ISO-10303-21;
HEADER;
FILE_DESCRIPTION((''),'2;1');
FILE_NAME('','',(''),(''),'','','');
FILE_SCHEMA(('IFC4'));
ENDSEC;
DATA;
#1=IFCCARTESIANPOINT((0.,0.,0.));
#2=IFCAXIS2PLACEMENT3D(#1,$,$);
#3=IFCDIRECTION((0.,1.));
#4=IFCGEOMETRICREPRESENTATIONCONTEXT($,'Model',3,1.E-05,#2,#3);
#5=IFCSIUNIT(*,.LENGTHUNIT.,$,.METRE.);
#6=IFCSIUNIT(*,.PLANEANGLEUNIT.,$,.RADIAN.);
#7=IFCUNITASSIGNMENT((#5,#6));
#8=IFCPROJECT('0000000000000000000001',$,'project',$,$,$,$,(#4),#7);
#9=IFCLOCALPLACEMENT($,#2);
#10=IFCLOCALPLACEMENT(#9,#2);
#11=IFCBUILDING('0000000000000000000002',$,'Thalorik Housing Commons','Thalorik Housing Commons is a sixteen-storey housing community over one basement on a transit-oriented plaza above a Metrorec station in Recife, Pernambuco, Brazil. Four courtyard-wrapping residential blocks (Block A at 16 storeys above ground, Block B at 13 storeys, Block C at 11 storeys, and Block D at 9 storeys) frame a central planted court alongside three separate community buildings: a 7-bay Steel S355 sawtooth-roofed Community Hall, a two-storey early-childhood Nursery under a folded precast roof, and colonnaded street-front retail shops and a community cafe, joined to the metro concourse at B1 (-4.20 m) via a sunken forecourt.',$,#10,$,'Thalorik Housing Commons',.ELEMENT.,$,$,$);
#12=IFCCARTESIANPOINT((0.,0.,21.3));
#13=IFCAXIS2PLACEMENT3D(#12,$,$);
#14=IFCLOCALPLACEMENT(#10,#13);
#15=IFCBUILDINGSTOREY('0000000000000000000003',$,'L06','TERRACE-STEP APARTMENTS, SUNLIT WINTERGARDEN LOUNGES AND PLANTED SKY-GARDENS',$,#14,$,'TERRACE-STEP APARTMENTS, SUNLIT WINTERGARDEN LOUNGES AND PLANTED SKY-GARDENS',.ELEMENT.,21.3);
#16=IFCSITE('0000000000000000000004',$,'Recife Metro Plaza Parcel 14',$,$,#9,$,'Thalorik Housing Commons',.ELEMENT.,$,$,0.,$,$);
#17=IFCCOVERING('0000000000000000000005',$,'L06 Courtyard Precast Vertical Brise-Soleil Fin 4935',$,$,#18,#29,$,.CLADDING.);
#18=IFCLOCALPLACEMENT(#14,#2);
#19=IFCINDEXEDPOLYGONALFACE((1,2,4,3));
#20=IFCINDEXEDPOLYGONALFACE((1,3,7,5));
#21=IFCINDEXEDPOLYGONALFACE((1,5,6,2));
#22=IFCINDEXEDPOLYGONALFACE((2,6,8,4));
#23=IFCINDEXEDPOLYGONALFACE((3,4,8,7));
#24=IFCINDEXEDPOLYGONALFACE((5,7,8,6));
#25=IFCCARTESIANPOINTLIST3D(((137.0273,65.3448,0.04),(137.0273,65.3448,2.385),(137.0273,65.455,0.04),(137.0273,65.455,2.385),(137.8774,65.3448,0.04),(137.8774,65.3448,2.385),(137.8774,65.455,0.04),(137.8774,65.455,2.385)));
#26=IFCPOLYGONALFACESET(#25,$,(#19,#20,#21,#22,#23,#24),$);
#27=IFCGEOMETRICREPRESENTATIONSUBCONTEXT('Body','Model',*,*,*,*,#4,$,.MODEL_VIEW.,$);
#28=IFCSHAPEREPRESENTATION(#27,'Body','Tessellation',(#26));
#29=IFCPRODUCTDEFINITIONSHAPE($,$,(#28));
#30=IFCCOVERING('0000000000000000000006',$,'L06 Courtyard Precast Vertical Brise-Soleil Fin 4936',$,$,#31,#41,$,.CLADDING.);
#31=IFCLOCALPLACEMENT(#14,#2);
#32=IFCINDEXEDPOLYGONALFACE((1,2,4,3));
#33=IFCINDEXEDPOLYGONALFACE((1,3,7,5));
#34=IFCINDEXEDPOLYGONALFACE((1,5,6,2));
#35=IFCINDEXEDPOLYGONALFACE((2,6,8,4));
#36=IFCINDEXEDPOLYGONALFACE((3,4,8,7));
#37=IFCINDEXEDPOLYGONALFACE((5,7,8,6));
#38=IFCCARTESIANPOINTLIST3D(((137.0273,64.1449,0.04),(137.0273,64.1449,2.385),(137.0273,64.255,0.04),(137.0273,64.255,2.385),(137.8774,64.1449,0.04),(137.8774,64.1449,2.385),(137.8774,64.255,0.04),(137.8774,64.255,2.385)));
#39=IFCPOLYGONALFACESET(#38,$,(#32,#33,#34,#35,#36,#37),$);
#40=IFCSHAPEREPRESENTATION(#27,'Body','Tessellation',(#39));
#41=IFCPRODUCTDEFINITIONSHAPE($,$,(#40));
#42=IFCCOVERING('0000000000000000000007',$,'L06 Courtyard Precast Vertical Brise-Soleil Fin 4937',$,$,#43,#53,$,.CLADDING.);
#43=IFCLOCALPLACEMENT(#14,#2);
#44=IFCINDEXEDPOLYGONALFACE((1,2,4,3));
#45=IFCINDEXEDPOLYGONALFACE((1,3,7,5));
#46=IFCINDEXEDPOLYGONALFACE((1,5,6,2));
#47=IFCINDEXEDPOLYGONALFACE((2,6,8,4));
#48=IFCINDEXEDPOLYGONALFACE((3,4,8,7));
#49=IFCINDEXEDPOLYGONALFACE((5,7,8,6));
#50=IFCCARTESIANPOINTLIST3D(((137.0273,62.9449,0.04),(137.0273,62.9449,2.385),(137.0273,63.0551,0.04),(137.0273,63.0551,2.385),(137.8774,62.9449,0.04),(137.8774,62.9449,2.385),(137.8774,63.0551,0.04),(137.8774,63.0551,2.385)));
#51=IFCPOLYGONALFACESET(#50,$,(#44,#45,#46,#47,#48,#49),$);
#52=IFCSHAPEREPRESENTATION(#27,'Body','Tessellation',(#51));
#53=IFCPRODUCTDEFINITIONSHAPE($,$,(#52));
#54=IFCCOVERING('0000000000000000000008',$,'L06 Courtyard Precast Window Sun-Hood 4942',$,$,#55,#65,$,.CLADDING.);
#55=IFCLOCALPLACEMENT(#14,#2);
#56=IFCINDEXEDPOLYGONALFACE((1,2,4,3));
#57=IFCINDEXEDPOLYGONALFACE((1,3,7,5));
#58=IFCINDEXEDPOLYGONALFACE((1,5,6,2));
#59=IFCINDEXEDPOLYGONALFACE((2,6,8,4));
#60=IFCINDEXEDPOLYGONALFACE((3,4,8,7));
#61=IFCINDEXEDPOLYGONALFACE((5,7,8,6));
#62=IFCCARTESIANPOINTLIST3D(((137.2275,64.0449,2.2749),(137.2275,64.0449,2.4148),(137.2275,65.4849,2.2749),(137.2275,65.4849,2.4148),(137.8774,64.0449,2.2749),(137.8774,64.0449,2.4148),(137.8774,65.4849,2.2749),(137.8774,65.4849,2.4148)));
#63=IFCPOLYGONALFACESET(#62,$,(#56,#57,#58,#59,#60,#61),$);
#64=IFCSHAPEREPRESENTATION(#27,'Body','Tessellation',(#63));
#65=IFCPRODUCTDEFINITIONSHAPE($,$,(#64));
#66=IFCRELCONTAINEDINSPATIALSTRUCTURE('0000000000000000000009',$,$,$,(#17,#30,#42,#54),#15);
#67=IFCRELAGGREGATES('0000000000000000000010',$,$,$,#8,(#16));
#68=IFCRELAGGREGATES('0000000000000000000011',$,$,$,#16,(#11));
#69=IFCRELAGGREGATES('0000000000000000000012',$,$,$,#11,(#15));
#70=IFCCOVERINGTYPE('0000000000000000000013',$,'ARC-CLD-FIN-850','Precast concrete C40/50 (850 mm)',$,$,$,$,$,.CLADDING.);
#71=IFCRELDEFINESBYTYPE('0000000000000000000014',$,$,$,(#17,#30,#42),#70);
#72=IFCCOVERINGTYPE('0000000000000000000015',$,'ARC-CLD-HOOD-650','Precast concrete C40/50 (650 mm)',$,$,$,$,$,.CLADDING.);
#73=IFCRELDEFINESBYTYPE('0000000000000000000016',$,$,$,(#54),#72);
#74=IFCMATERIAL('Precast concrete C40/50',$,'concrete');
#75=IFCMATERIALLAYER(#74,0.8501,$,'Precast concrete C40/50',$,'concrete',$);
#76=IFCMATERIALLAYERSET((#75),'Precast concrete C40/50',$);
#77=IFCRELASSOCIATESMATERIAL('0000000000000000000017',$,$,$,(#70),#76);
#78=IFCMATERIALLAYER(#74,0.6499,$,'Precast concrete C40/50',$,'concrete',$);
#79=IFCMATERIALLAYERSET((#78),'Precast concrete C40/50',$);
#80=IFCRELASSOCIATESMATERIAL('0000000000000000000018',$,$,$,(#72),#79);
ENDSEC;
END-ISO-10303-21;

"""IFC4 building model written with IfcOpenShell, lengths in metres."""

from ifc_helpers import new_model, si_unit, direction, frame, origin, origin_2d, place, context, subcontext, project, spatial, rectangle, extrude, material, layer, layer_set, type_object, element, save


model = new_model("IFC4")

# Units and contexts
model_context = context("Model", 3, precision=1e-05, world=origin(), true_north=direction((0.0, 1.0)))
body_context = subcontext(model_context, "Body", "Model", "MODEL_VIEW")
ifc_project = project(units=[si_unit("LENGTHUNIT", "METRE"), si_unit("PLANEANGLEUNIT", "RADIAN")], contexts=[model_context])

# Site, building, storey
site_placement = place(None, origin())
site = spatial("IfcSite", under=ifc_project, at=site_placement, Name="Recife Metro Plaza Parcel 14", LongName="Thalorik Housing Commons", CompositionType="ELEMENT", RefElevation=0.0)
building_placement = place(site_placement, origin())
building = spatial("IfcBuilding", under=site, at=building_placement, Name="Thalorik Housing Commons", Description="Thalorik Housing Commons is a sixteen-storey housing community over one basement on a transit-oriented plaza above a Metrorec station in Recife, Pernambuco, Brazil. Four courtyard-wrapping residential blocks (Block A at 16 storeys above ground, Block B at 13 storeys, Block C at 11 storeys, and Block D at 9 storeys) frame a central planted court alongside three separate community buildings: a 7-bay Steel S355 sawtooth-roofed Community Hall, a two-storey early-childhood Nursery under a folded precast roof, and colonnaded street-front retail shops and a community cafe, joined to the metro concourse at B1 (-4.20 m) via a sunken forecourt.", LongName="Thalorik Housing Commons", CompositionType="ELEMENT")
storey_placement = place(building_placement, frame((0.0, 0.0, 21.3)))
storey = spatial("IfcBuildingStorey", under=building, at=storey_placement, Name="L06", Description="TERRACE-STEP APARTMENTS, SUNLIT WINTERGARDEN LOUNGES AND PLANTED SKY-GARDENS", LongName="TERRACE-STEP APARTMENTS, SUNLIT WINTERGARDEN LOUNGES AND PLANTED SKY-GARDENS", CompositionType="ELEMENT", Elevation=21.3)

# Shared definitions
ifc_material_1 = material(Name="Precast concrete C40/50", Category="concrete")

# Coverings
ifc_layer_1 = layer(ifc_material_1, 0.8501, Name="Precast concrete C40/50", Category="concrete")
ifc_layer_set_1 = layer_set([ifc_layer_1], Name="Precast concrete C40/50")
covering_type_1 = type_object("IfcCoveringType", Name="ARC-CLD-FIN-850", Description="Precast concrete C40/50 (850 mm)", PredefinedType="CLADDING", material=ifc_layer_set_1)
for number, where, z_axis, x_axis, name in (
    (1, (137.4524, 65.3999, 0.04), (0.0, 0.0, 1.0), (0.0, -1.0, 0.0), "L06 Courtyard Precast Vertical Brise-Soleil Fin 4935"),
    (2, (137.4524, 64.2, 0.04), (0.0, 0.0, 1.0), (0.0, -1.0, 0.0), "L06 Courtyard Precast Vertical Brise-Soleil Fin 4936"),
    (3, (137.4524, 63.0, 0.04), (0.0, 0.0, 1.0), (0.0, -1.0, 0.0), "L06 Courtyard Precast Vertical Brise-Soleil Fin 4937"),
):
    element("IfcCovering", number, at=place(storey_placement, frame(where, z_axis=z_axis, x_axis=x_axis)), inside=storey, type_object=covering_type_1, Name=name, PredefinedType="CLADDING", context=body_context, shape_type="SweptSolid", body=[
        extrude(rectangle(XDim=0.1101, YDim=0.8501, at=origin_2d()), origin(), (0.0, 0.0, 1.0), 2.345),
    ])
ifc_layer_2 = layer(ifc_material_1, 0.6499, Name="Precast concrete C40/50", Category="concrete")
ifc_layer_set_2 = layer_set([ifc_layer_2], Name="Precast concrete C40/50")
covering_type_2 = type_object("IfcCoveringType", Name="ARC-CLD-HOOD-650", Description="Precast concrete C40/50 (650 mm)", PredefinedType="CLADDING", material=ifc_layer_set_2)
covering_placement = place(storey_placement, frame((137.5525, 64.7649, 2.2749), z_axis=(0.0, 0.0, 1.0), x_axis=(0.0, -1.0, 0.0)))
element("IfcCovering", 4, at=covering_placement, inside=storey, type_object=covering_type_2, Name="L06 Courtyard Precast Window Sun-Hood 4942", PredefinedType="CLADDING", context=body_context, shape_type="SweptSolid", body=[
    extrude(rectangle(XDim=1.4399, YDim=0.6499, at=origin_2d()), origin(), (0.0, 0.0, 1.0), 0.1399),
])

save(model, "model.ifc")
